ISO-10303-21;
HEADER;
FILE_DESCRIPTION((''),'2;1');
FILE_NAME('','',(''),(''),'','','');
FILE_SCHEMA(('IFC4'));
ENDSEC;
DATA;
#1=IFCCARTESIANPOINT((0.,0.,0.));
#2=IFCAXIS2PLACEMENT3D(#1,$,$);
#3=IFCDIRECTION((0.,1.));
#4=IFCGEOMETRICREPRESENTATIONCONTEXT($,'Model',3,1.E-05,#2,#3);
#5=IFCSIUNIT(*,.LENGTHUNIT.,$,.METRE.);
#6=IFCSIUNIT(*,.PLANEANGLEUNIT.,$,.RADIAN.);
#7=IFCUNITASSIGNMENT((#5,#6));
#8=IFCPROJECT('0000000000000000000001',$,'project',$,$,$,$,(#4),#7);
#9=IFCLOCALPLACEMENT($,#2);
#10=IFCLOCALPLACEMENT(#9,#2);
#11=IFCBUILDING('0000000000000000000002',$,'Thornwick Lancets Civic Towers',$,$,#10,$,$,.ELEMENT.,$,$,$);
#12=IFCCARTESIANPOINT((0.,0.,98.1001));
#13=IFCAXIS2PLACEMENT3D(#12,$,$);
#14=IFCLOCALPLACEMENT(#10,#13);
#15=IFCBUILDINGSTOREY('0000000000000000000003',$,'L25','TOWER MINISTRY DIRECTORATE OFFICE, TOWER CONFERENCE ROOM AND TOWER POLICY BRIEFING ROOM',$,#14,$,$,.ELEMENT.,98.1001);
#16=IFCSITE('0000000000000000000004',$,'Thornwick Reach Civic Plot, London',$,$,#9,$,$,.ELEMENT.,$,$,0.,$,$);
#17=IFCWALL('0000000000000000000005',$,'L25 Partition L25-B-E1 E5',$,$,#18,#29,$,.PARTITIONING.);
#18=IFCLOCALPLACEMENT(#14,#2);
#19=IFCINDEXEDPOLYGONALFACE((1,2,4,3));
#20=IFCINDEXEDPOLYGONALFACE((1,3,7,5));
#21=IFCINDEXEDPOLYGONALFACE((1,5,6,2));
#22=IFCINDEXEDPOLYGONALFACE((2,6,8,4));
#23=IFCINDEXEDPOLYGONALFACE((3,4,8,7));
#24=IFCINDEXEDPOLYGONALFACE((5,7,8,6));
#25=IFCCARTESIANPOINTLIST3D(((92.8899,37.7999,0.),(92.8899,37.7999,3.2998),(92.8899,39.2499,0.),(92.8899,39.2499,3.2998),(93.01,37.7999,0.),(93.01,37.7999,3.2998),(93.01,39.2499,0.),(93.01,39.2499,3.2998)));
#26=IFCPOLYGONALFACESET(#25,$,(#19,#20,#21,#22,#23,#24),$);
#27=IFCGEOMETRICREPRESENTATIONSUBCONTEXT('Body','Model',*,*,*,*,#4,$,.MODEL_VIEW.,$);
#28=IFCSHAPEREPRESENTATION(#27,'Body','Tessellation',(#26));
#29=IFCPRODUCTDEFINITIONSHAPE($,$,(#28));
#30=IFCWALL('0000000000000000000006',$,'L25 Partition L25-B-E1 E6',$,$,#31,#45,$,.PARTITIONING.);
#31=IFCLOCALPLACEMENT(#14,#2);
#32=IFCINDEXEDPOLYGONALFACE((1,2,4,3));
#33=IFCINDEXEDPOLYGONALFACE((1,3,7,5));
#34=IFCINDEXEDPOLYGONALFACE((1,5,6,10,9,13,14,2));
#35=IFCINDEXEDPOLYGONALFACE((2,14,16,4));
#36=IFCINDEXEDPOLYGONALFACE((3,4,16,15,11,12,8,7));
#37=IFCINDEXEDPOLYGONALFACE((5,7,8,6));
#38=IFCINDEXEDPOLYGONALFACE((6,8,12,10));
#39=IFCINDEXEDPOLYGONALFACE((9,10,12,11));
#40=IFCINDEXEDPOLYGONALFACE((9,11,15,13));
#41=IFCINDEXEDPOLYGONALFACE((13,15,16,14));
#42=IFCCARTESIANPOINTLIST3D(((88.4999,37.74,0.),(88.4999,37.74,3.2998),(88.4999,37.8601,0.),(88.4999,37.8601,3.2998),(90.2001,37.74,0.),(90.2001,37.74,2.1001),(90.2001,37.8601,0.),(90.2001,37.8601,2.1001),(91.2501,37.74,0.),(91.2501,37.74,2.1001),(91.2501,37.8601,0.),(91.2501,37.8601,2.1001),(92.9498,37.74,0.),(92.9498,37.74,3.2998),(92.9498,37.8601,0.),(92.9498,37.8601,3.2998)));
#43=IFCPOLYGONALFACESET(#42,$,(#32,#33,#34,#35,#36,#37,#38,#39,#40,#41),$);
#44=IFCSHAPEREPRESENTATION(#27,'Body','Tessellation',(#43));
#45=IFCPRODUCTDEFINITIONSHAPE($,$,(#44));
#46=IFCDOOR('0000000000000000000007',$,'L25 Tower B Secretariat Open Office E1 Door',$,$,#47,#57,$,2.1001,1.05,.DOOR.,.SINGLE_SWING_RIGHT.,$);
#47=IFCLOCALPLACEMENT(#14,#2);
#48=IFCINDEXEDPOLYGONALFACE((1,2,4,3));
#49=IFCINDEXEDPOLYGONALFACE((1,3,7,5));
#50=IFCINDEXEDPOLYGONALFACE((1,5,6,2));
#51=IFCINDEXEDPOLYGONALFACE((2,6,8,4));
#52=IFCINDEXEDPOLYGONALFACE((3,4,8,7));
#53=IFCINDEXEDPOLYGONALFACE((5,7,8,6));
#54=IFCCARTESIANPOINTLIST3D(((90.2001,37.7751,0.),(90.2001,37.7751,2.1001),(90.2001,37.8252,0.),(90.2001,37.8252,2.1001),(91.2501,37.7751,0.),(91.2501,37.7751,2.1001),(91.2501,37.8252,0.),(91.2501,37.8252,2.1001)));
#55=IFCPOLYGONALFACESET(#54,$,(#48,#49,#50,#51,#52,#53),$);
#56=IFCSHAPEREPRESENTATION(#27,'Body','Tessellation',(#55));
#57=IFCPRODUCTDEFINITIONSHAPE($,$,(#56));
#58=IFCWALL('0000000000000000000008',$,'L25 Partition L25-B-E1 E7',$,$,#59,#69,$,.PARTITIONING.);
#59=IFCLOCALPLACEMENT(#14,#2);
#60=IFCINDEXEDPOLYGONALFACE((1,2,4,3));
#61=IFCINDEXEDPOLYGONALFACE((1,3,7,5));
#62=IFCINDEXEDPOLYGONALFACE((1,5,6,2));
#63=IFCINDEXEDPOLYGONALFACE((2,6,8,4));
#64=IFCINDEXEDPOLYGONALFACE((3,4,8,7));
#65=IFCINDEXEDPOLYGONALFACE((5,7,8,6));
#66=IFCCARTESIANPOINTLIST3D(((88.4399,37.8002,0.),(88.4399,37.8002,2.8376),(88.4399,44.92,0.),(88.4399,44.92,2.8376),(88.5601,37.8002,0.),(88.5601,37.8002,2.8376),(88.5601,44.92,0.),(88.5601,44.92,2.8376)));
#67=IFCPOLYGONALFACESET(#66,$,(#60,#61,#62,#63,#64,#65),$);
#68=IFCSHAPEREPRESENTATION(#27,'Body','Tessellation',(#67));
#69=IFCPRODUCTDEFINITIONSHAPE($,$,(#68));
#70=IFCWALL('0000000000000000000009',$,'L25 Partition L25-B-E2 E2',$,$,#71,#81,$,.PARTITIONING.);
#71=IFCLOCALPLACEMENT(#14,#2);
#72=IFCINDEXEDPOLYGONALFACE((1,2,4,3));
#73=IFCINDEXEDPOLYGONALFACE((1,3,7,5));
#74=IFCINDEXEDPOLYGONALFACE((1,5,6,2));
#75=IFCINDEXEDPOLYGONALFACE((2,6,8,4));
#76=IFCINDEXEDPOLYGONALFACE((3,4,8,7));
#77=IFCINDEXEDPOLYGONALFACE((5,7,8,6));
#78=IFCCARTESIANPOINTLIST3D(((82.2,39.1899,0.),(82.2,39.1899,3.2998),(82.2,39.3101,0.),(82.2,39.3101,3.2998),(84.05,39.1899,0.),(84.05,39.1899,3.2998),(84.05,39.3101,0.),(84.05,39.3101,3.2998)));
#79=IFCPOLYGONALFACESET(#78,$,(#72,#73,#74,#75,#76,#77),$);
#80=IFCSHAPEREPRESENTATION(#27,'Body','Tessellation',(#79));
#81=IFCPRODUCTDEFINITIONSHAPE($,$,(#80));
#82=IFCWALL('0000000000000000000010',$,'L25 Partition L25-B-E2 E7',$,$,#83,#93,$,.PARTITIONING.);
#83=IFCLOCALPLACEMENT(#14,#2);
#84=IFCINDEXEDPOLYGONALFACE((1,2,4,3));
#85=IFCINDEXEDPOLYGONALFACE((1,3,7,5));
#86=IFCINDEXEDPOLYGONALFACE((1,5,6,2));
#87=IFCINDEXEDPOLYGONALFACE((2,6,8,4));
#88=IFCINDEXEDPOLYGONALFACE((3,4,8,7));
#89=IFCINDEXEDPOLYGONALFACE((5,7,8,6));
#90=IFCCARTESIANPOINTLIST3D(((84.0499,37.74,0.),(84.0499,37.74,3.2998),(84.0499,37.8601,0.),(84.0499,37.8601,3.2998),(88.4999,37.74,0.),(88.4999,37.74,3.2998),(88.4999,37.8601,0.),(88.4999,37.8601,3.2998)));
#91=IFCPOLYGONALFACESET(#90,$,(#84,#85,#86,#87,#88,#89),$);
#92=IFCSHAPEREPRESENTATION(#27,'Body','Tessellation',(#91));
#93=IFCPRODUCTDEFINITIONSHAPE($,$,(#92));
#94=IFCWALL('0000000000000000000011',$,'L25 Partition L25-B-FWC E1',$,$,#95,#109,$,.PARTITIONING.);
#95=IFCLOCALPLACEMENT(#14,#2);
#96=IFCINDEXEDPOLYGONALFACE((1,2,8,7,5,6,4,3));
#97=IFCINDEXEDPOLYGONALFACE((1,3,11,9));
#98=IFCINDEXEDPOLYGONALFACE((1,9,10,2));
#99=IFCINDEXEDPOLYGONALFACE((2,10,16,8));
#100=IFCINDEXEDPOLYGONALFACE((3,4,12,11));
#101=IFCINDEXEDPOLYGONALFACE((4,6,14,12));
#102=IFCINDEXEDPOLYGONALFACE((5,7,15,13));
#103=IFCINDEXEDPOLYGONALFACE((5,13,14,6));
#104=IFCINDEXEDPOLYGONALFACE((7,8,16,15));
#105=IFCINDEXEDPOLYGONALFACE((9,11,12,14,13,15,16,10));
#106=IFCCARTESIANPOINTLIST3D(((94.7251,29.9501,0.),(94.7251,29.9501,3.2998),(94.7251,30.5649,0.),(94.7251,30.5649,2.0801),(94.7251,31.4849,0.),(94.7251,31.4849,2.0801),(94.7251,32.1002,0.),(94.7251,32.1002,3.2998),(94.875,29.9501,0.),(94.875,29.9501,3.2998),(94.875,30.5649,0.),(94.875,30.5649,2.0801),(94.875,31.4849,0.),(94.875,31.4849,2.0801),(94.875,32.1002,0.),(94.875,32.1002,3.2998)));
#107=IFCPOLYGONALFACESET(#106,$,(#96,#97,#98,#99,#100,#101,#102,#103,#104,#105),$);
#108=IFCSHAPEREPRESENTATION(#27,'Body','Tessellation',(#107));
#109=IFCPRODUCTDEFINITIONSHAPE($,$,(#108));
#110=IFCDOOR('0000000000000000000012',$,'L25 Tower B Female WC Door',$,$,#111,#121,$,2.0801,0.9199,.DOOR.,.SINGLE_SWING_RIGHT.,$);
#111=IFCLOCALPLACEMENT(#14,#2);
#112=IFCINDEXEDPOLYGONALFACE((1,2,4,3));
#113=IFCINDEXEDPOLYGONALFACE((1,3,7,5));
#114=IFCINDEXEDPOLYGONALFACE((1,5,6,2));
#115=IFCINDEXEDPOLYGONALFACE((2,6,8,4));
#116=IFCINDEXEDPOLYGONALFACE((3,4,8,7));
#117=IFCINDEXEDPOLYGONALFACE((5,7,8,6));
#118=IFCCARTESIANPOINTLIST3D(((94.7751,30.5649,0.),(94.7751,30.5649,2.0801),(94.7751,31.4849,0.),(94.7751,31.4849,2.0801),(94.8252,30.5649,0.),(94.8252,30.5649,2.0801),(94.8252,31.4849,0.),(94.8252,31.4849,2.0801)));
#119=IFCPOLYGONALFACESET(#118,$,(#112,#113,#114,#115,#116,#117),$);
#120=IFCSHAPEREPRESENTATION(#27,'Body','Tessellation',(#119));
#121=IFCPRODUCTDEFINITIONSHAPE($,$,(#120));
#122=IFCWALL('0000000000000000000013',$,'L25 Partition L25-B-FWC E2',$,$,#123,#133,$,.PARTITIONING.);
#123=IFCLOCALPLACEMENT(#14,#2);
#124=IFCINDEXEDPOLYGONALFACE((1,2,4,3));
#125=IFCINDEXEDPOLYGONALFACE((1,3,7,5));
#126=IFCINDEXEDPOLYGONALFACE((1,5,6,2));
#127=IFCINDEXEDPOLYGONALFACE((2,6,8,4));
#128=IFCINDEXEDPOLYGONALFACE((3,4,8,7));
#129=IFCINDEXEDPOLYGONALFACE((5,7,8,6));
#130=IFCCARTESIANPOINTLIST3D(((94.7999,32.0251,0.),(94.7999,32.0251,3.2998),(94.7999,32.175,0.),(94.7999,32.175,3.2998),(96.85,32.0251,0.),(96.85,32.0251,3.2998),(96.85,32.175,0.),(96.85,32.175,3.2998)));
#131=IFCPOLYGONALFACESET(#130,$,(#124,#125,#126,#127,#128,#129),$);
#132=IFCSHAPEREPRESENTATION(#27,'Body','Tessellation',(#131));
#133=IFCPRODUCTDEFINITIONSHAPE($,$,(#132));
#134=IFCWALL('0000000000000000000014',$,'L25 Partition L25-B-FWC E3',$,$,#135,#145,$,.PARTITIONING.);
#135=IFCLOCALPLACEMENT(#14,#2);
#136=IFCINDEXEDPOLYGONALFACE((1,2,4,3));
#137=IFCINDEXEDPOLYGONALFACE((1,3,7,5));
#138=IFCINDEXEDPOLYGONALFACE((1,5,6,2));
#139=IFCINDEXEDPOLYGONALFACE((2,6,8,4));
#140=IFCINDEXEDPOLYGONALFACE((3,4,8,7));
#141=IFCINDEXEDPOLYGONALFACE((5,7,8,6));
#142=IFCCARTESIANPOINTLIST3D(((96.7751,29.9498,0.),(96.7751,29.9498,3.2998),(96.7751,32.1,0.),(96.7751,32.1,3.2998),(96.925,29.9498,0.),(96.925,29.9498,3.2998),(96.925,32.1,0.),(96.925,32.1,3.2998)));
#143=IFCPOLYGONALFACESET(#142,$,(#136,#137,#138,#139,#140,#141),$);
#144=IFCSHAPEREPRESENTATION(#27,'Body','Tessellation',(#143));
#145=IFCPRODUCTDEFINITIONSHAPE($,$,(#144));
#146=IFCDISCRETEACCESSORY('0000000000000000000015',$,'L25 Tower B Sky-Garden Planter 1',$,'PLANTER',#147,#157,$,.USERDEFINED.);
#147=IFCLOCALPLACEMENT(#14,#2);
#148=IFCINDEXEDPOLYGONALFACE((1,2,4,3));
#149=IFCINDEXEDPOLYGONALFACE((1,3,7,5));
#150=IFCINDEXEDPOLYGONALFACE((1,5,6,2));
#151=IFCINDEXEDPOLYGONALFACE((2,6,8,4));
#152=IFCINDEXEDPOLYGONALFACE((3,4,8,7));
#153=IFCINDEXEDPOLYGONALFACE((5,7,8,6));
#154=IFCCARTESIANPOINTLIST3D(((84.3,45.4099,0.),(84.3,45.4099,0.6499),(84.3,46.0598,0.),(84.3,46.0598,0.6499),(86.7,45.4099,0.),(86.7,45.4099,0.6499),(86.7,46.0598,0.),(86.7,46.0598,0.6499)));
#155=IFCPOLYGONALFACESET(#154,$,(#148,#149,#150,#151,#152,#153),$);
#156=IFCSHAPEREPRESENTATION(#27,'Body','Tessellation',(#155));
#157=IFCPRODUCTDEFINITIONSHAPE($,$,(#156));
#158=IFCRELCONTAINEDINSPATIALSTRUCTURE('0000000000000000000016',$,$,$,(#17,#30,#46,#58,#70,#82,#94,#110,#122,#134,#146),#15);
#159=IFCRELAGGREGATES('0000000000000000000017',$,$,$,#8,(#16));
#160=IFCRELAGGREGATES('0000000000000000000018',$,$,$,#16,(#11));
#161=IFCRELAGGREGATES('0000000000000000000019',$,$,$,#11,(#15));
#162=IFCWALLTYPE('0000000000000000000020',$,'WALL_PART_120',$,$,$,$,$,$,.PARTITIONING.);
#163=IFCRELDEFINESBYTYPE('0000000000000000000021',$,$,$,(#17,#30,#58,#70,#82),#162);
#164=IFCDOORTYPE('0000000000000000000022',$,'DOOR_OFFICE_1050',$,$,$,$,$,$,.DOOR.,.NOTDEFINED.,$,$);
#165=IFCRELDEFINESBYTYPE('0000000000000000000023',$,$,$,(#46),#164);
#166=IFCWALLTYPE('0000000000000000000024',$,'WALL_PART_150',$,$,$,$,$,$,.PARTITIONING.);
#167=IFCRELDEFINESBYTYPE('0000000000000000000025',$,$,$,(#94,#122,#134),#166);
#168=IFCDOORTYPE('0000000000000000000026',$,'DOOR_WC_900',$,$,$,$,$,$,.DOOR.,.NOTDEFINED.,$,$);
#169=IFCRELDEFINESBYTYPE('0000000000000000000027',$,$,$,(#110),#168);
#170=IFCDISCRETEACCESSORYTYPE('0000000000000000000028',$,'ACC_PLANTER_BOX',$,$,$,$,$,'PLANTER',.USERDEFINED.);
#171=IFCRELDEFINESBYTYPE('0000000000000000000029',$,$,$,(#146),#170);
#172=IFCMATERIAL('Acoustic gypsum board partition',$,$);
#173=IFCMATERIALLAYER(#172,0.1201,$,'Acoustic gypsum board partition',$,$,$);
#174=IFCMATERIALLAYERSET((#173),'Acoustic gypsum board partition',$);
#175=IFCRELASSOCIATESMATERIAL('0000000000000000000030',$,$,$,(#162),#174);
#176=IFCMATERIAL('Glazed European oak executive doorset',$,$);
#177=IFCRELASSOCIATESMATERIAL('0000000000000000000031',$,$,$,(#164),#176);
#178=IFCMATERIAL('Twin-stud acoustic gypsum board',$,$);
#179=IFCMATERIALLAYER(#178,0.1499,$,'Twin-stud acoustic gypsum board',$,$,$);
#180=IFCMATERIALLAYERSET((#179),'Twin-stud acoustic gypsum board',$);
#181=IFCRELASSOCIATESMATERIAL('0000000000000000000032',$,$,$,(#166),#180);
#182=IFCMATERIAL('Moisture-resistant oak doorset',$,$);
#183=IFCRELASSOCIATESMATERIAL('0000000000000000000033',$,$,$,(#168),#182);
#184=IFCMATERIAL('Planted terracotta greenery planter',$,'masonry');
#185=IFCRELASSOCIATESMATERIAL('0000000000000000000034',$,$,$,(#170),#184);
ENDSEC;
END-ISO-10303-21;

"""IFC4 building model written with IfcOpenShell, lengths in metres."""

from ifc_helpers import new_model, si_unit, direction, frame, frame_2d, origin, origin_2d, place, context, subcontext, project, spatial, rectangle, extrude, material, layer, layer_set, type_object, element, fill, save


model = new_model("IFC4")

# Units and contexts
model_context = context("Model", 3, precision=1e-05, world=origin(), true_north=direction((0.0, 1.0)))
body_context = subcontext(model_context, "Body", "Model", "MODEL_VIEW")
ifc_project = project(units=[si_unit("LENGTHUNIT", "METRE"), si_unit("PLANEANGLEUNIT", "RADIAN")], contexts=[model_context])

# Site, building, storey
site_placement = place(None, origin())
site = spatial("IfcSite", under=ifc_project, at=site_placement, Name="Thornwick Reach Civic Plot, London", CompositionType="ELEMENT", RefElevation=0.0)
building_placement = place(site_placement, origin())
building = spatial("IfcBuilding", under=site, at=building_placement, Name="Thornwick Lancets Civic Towers", CompositionType="ELEMENT")
storey_placement = place(building_placement, frame((0.0, 0.0, 98.1001)))
storey = spatial("IfcBuildingStorey", under=building, at=storey_placement, Name="L25", Description="TOWER MINISTRY DIRECTORATE OFFICE, TOWER CONFERENCE ROOM AND TOWER POLICY BRIEFING ROOM", CompositionType="ELEMENT", Elevation=98.1001)

# Shared definitions
ifc_material_1 = material(Name="Acoustic gypsum board partition")
ifc_layer_1 = layer(ifc_material_1, 0.1201, Name="Acoustic gypsum board partition")
ifc_layer_set_1 = layer_set([ifc_layer_1], Name="Acoustic gypsum board partition")
wall_type_1 = type_object("IfcWallType", Name="WALL_PART_120", PredefinedType="PARTITIONING", material=ifc_layer_set_1)

# Wall
wall_1_placement = place(storey_placement, frame((92.95, 39.25, 0.0), z_axis=(0.0, 0.0, 1.0), x_axis=(0.0, -1.0, 0.0)))
element("IfcWall", 1, at=wall_1_placement, inside=storey, type_object=wall_type_1, Name="L25 Partition L25-B-E1 E5", PredefinedType="PARTITIONING", context=body_context, shape_type="SweptSolid", body=[
    extrude(rectangle(XDim=1.45, YDim=0.1201, at=frame_2d((0.7251, 0.0))), origin(), (0.0, 0.0, 1.0), 3.2998),
])

# Wall, opening, door
wall_2_placement = place(storey_placement, frame((92.95, 37.8, 0.0), z_axis=(0.0, 0.0, 1.0), x_axis=(-1.0, 0.0, 0.0)))
wall_2 = element("IfcWall", 2, at=wall_2_placement, inside=storey, type_object=wall_type_1, Name="L25 Partition L25-B-E1 E6", PredefinedType="PARTITIONING", context=body_context, shape_type="SweptSolid", body=[
    extrude(rectangle(XDim=4.45, YDim=0.1201, at=frame_2d((2.2251, 0.0))), origin(), (0.0, 0.0, 1.0), 3.2998),
])
opening_1_placement = place(wall_2_placement, frame((1.7, 0.0, 0.0)))
opening_1 = element("IfcOpeningElement", 3, at=opening_1_placement, cuts=wall_2, PredefinedType="OPENING", context=body_context, shape_type="SweptSolid", body=[
    extrude(rectangle(XDim=1.05, YDim=2.1001, at=frame_2d((0.5249, 1.05))), frame((0.0, 0.0701, 0.0), z_axis=(0.0, -1.0, 0.0), x_axis=(1.0, 0.0, 0.0)), (0.0, 0.0, 1.0), 0.1401),
])
ifc_material_2 = material(Name="Glazed European oak executive doorset")
door_type_1 = type_object("IfcDoorType", Name="DOOR_OFFICE_1050", OperationType="NOTDEFINED", PredefinedType="DOOR", material=ifc_material_2)
door_1_placement = place(opening_1_placement, origin())
door_1 = element("IfcDoor", 4, at=door_1_placement, inside=storey, type_object=door_type_1, Name="L25 Tower B Secretariat Open Office E1 Door", OperationType="SINGLE_SWING_RIGHT", OverallHeight=2.1001, OverallWidth=1.05, PredefinedType="DOOR", context=body_context, shape_type="SweptSolid", body=[
    extrude(rectangle(XDim=1.05, YDim=2.1001, at=frame_2d((0.5249, 1.05))), frame((0.0, 0.0249, 0.0), z_axis=(0.0, -1.0, 0.0), x_axis=(1.0, 0.0, 0.0)), (0.0, 0.0, 1.0), 0.05),
])
fill(opening_1, door_1)

# Walls
wall_3_placement = place(storey_placement, frame((88.5, 37.8, 0.0), z_axis=(0.0, 0.0, 1.0), x_axis=(0.0, 1.0, 0.0)))
element("IfcWall", 5, at=wall_3_placement, inside=storey, type_object=wall_type_1, Name="L25 Partition L25-B-E1 E7", PredefinedType="PARTITIONING", context=body_context, shape_type="SweptSolid", body=[
    extrude(rectangle(XDim=7.1199, YDim=0.1201, at=frame_2d((3.5601, 0.0))), origin(), (0.0, 0.0, 1.0), 2.8376),
])
wall_4_placement = place(storey_placement, frame((84.05, 39.25, 0.0), z_axis=(0.0, 0.0, 1.0), x_axis=(-1.0, 0.0, 0.0)))
element("IfcWall", 6, at=wall_4_placement, inside=storey, type_object=wall_type_1, Name="L25 Partition L25-B-E2 E2", PredefinedType="PARTITIONING", context=body_context, shape_type="SweptSolid", body=[
    extrude(rectangle(XDim=1.8501, YDim=0.1201, at=frame_2d((0.925, 0.0))), origin(), (0.0, 0.0, 1.0), 3.2998),
])
wall_5_placement = place(storey_placement, frame((88.5, 37.8, 0.0), z_axis=(0.0, 0.0, 1.0), x_axis=(-1.0, 0.0, 0.0)))
element("IfcWall", 7, at=wall_5_placement, inside=storey, type_object=wall_type_1, Name="L25 Partition L25-B-E2 E7", PredefinedType="PARTITIONING", context=body_context, shape_type="SweptSolid", body=[
    extrude(rectangle(XDim=4.45, YDim=0.1201, at=frame_2d((2.2251, 0.0))), origin(), (0.0, 0.0, 1.0), 3.2998),
])

# Wall, opening, door
ifc_material_3 = material(Name="Twin-stud acoustic gypsum board")
ifc_layer_2 = layer(ifc_material_3, 0.1499, Name="Twin-stud acoustic gypsum board")
ifc_layer_set_2 = layer_set([ifc_layer_2], Name="Twin-stud acoustic gypsum board")
wall_type_2 = type_object("IfcWallType", Name="WALL_PART_150", PredefinedType="PARTITIONING", material=ifc_layer_set_2)
wall_6_placement = place(storey_placement, frame((94.8, 29.95, 0.0), z_axis=(0.0, 0.0, 1.0), x_axis=(0.0, 1.0, 0.0)))
wall_6 = element("IfcWall", 8, at=wall_6_placement, inside=storey, type_object=wall_type_2, Name="L25 Partition L25-B-FWC E1", PredefinedType="PARTITIONING", context=body_context, shape_type="SweptSolid", body=[
    extrude(rectangle(XDim=2.1501, YDim=0.1499, at=frame_2d((1.0752, 0.0))), origin(), (0.0, 0.0, 1.0), 3.2998),
])
opening_2_placement = place(wall_6_placement, frame((0.615, 0.0, 0.0)))
opening_2 = element("IfcOpeningElement", 9, at=opening_2_placement, cuts=wall_6, PredefinedType="OPENING", context=body_context, shape_type="SweptSolid", body=[
    extrude(rectangle(XDim=0.9199, YDim=2.0801, at=frame_2d((0.46, 1.04))), frame((0.0, 0.085, 0.0), z_axis=(0.0, -1.0, 0.0), x_axis=(1.0, 0.0, 0.0)), (0.0, 0.0, 1.0), 0.1699),
])
ifc_material_4 = material(Name="Moisture-resistant oak doorset")
door_type_2 = type_object("IfcDoorType", Name="DOOR_WC_900", OperationType="NOTDEFINED", PredefinedType="DOOR", material=ifc_material_4)
door_2_placement = place(opening_2_placement, origin())
door_2 = element("IfcDoor", 10, at=door_2_placement, inside=storey, type_object=door_type_2, Name="L25 Tower B Female WC Door", OperationType="SINGLE_SWING_RIGHT", OverallHeight=2.0801, OverallWidth=0.9199, PredefinedType="DOOR", context=body_context, shape_type="SweptSolid", body=[
    extrude(rectangle(XDim=0.9199, YDim=2.0801, at=frame_2d((0.46, 1.04))), frame((0.0, 0.0249, 0.0), z_axis=(0.0, -1.0, 0.0), x_axis=(1.0, 0.0, 0.0)), (0.0, 0.0, 1.0), 0.05),
])
fill(opening_2, door_2)

# Walls
wall_7_placement = place(storey_placement, frame((94.8, 32.1001, 0.0), z_axis=(0.0, 0.0, 1.0), x_axis=(1.0, 0.0, 0.0)))
element("IfcWall", 11, at=wall_7_placement, inside=storey, type_object=wall_type_2, Name="L25 Partition L25-B-FWC E2", PredefinedType="PARTITIONING", context=body_context, shape_type="SweptSolid", body=[
    extrude(rectangle(XDim=2.05, YDim=0.1499, at=frame_2d((1.0249, 0.0))), origin(), (0.0, 0.0, 1.0), 3.2998),
])
wall_8_placement = place(storey_placement, frame((96.8501, 32.1001, 0.0), z_axis=(0.0, 0.0, 1.0), x_axis=(0.0, -1.0, 0.0)))
element("IfcWall", 12, at=wall_8_placement, inside=storey, type_object=wall_type_2, Name="L25 Partition L25-B-FWC E3", PredefinedType="PARTITIONING", context=body_context, shape_type="SweptSolid", body=[
    extrude(rectangle(XDim=2.1501, YDim=0.1499, at=frame_2d((1.0752, 0.0))), origin(), (0.0, 0.0, 1.0), 3.2998),
])

# Discrete accessory
ifc_material_5 = material(Name="Planted terracotta greenery planter", Category="masonry")
discrete_accessory_type = type_object("IfcDiscreteAccessoryType", Name="ACC_PLANTER_BOX", ElementType="PLANTER", PredefinedType="USERDEFINED", material=ifc_material_5)
discrete_accessory_placement = place(storey_placement, frame((85.5, 45.7349, 0.0), z_axis=(0.0, 0.0, 1.0), x_axis=(1.0, 0.0, 0.0)))
element("IfcDiscreteAccessory", 13, at=discrete_accessory_placement, inside=storey, type_object=discrete_accessory_type, Name="L25 Tower B Sky-Garden Planter 1", ObjectType="PLANTER", PredefinedType="USERDEFINED", context=body_context, shape_type="SweptSolid", body=[
    extrude(rectangle(XDim=2.3999, YDim=0.6499, at=origin_2d()), origin(), (0.0, 0.0, 1.0), 0.6499),
])

save(model, "model.ifc")
